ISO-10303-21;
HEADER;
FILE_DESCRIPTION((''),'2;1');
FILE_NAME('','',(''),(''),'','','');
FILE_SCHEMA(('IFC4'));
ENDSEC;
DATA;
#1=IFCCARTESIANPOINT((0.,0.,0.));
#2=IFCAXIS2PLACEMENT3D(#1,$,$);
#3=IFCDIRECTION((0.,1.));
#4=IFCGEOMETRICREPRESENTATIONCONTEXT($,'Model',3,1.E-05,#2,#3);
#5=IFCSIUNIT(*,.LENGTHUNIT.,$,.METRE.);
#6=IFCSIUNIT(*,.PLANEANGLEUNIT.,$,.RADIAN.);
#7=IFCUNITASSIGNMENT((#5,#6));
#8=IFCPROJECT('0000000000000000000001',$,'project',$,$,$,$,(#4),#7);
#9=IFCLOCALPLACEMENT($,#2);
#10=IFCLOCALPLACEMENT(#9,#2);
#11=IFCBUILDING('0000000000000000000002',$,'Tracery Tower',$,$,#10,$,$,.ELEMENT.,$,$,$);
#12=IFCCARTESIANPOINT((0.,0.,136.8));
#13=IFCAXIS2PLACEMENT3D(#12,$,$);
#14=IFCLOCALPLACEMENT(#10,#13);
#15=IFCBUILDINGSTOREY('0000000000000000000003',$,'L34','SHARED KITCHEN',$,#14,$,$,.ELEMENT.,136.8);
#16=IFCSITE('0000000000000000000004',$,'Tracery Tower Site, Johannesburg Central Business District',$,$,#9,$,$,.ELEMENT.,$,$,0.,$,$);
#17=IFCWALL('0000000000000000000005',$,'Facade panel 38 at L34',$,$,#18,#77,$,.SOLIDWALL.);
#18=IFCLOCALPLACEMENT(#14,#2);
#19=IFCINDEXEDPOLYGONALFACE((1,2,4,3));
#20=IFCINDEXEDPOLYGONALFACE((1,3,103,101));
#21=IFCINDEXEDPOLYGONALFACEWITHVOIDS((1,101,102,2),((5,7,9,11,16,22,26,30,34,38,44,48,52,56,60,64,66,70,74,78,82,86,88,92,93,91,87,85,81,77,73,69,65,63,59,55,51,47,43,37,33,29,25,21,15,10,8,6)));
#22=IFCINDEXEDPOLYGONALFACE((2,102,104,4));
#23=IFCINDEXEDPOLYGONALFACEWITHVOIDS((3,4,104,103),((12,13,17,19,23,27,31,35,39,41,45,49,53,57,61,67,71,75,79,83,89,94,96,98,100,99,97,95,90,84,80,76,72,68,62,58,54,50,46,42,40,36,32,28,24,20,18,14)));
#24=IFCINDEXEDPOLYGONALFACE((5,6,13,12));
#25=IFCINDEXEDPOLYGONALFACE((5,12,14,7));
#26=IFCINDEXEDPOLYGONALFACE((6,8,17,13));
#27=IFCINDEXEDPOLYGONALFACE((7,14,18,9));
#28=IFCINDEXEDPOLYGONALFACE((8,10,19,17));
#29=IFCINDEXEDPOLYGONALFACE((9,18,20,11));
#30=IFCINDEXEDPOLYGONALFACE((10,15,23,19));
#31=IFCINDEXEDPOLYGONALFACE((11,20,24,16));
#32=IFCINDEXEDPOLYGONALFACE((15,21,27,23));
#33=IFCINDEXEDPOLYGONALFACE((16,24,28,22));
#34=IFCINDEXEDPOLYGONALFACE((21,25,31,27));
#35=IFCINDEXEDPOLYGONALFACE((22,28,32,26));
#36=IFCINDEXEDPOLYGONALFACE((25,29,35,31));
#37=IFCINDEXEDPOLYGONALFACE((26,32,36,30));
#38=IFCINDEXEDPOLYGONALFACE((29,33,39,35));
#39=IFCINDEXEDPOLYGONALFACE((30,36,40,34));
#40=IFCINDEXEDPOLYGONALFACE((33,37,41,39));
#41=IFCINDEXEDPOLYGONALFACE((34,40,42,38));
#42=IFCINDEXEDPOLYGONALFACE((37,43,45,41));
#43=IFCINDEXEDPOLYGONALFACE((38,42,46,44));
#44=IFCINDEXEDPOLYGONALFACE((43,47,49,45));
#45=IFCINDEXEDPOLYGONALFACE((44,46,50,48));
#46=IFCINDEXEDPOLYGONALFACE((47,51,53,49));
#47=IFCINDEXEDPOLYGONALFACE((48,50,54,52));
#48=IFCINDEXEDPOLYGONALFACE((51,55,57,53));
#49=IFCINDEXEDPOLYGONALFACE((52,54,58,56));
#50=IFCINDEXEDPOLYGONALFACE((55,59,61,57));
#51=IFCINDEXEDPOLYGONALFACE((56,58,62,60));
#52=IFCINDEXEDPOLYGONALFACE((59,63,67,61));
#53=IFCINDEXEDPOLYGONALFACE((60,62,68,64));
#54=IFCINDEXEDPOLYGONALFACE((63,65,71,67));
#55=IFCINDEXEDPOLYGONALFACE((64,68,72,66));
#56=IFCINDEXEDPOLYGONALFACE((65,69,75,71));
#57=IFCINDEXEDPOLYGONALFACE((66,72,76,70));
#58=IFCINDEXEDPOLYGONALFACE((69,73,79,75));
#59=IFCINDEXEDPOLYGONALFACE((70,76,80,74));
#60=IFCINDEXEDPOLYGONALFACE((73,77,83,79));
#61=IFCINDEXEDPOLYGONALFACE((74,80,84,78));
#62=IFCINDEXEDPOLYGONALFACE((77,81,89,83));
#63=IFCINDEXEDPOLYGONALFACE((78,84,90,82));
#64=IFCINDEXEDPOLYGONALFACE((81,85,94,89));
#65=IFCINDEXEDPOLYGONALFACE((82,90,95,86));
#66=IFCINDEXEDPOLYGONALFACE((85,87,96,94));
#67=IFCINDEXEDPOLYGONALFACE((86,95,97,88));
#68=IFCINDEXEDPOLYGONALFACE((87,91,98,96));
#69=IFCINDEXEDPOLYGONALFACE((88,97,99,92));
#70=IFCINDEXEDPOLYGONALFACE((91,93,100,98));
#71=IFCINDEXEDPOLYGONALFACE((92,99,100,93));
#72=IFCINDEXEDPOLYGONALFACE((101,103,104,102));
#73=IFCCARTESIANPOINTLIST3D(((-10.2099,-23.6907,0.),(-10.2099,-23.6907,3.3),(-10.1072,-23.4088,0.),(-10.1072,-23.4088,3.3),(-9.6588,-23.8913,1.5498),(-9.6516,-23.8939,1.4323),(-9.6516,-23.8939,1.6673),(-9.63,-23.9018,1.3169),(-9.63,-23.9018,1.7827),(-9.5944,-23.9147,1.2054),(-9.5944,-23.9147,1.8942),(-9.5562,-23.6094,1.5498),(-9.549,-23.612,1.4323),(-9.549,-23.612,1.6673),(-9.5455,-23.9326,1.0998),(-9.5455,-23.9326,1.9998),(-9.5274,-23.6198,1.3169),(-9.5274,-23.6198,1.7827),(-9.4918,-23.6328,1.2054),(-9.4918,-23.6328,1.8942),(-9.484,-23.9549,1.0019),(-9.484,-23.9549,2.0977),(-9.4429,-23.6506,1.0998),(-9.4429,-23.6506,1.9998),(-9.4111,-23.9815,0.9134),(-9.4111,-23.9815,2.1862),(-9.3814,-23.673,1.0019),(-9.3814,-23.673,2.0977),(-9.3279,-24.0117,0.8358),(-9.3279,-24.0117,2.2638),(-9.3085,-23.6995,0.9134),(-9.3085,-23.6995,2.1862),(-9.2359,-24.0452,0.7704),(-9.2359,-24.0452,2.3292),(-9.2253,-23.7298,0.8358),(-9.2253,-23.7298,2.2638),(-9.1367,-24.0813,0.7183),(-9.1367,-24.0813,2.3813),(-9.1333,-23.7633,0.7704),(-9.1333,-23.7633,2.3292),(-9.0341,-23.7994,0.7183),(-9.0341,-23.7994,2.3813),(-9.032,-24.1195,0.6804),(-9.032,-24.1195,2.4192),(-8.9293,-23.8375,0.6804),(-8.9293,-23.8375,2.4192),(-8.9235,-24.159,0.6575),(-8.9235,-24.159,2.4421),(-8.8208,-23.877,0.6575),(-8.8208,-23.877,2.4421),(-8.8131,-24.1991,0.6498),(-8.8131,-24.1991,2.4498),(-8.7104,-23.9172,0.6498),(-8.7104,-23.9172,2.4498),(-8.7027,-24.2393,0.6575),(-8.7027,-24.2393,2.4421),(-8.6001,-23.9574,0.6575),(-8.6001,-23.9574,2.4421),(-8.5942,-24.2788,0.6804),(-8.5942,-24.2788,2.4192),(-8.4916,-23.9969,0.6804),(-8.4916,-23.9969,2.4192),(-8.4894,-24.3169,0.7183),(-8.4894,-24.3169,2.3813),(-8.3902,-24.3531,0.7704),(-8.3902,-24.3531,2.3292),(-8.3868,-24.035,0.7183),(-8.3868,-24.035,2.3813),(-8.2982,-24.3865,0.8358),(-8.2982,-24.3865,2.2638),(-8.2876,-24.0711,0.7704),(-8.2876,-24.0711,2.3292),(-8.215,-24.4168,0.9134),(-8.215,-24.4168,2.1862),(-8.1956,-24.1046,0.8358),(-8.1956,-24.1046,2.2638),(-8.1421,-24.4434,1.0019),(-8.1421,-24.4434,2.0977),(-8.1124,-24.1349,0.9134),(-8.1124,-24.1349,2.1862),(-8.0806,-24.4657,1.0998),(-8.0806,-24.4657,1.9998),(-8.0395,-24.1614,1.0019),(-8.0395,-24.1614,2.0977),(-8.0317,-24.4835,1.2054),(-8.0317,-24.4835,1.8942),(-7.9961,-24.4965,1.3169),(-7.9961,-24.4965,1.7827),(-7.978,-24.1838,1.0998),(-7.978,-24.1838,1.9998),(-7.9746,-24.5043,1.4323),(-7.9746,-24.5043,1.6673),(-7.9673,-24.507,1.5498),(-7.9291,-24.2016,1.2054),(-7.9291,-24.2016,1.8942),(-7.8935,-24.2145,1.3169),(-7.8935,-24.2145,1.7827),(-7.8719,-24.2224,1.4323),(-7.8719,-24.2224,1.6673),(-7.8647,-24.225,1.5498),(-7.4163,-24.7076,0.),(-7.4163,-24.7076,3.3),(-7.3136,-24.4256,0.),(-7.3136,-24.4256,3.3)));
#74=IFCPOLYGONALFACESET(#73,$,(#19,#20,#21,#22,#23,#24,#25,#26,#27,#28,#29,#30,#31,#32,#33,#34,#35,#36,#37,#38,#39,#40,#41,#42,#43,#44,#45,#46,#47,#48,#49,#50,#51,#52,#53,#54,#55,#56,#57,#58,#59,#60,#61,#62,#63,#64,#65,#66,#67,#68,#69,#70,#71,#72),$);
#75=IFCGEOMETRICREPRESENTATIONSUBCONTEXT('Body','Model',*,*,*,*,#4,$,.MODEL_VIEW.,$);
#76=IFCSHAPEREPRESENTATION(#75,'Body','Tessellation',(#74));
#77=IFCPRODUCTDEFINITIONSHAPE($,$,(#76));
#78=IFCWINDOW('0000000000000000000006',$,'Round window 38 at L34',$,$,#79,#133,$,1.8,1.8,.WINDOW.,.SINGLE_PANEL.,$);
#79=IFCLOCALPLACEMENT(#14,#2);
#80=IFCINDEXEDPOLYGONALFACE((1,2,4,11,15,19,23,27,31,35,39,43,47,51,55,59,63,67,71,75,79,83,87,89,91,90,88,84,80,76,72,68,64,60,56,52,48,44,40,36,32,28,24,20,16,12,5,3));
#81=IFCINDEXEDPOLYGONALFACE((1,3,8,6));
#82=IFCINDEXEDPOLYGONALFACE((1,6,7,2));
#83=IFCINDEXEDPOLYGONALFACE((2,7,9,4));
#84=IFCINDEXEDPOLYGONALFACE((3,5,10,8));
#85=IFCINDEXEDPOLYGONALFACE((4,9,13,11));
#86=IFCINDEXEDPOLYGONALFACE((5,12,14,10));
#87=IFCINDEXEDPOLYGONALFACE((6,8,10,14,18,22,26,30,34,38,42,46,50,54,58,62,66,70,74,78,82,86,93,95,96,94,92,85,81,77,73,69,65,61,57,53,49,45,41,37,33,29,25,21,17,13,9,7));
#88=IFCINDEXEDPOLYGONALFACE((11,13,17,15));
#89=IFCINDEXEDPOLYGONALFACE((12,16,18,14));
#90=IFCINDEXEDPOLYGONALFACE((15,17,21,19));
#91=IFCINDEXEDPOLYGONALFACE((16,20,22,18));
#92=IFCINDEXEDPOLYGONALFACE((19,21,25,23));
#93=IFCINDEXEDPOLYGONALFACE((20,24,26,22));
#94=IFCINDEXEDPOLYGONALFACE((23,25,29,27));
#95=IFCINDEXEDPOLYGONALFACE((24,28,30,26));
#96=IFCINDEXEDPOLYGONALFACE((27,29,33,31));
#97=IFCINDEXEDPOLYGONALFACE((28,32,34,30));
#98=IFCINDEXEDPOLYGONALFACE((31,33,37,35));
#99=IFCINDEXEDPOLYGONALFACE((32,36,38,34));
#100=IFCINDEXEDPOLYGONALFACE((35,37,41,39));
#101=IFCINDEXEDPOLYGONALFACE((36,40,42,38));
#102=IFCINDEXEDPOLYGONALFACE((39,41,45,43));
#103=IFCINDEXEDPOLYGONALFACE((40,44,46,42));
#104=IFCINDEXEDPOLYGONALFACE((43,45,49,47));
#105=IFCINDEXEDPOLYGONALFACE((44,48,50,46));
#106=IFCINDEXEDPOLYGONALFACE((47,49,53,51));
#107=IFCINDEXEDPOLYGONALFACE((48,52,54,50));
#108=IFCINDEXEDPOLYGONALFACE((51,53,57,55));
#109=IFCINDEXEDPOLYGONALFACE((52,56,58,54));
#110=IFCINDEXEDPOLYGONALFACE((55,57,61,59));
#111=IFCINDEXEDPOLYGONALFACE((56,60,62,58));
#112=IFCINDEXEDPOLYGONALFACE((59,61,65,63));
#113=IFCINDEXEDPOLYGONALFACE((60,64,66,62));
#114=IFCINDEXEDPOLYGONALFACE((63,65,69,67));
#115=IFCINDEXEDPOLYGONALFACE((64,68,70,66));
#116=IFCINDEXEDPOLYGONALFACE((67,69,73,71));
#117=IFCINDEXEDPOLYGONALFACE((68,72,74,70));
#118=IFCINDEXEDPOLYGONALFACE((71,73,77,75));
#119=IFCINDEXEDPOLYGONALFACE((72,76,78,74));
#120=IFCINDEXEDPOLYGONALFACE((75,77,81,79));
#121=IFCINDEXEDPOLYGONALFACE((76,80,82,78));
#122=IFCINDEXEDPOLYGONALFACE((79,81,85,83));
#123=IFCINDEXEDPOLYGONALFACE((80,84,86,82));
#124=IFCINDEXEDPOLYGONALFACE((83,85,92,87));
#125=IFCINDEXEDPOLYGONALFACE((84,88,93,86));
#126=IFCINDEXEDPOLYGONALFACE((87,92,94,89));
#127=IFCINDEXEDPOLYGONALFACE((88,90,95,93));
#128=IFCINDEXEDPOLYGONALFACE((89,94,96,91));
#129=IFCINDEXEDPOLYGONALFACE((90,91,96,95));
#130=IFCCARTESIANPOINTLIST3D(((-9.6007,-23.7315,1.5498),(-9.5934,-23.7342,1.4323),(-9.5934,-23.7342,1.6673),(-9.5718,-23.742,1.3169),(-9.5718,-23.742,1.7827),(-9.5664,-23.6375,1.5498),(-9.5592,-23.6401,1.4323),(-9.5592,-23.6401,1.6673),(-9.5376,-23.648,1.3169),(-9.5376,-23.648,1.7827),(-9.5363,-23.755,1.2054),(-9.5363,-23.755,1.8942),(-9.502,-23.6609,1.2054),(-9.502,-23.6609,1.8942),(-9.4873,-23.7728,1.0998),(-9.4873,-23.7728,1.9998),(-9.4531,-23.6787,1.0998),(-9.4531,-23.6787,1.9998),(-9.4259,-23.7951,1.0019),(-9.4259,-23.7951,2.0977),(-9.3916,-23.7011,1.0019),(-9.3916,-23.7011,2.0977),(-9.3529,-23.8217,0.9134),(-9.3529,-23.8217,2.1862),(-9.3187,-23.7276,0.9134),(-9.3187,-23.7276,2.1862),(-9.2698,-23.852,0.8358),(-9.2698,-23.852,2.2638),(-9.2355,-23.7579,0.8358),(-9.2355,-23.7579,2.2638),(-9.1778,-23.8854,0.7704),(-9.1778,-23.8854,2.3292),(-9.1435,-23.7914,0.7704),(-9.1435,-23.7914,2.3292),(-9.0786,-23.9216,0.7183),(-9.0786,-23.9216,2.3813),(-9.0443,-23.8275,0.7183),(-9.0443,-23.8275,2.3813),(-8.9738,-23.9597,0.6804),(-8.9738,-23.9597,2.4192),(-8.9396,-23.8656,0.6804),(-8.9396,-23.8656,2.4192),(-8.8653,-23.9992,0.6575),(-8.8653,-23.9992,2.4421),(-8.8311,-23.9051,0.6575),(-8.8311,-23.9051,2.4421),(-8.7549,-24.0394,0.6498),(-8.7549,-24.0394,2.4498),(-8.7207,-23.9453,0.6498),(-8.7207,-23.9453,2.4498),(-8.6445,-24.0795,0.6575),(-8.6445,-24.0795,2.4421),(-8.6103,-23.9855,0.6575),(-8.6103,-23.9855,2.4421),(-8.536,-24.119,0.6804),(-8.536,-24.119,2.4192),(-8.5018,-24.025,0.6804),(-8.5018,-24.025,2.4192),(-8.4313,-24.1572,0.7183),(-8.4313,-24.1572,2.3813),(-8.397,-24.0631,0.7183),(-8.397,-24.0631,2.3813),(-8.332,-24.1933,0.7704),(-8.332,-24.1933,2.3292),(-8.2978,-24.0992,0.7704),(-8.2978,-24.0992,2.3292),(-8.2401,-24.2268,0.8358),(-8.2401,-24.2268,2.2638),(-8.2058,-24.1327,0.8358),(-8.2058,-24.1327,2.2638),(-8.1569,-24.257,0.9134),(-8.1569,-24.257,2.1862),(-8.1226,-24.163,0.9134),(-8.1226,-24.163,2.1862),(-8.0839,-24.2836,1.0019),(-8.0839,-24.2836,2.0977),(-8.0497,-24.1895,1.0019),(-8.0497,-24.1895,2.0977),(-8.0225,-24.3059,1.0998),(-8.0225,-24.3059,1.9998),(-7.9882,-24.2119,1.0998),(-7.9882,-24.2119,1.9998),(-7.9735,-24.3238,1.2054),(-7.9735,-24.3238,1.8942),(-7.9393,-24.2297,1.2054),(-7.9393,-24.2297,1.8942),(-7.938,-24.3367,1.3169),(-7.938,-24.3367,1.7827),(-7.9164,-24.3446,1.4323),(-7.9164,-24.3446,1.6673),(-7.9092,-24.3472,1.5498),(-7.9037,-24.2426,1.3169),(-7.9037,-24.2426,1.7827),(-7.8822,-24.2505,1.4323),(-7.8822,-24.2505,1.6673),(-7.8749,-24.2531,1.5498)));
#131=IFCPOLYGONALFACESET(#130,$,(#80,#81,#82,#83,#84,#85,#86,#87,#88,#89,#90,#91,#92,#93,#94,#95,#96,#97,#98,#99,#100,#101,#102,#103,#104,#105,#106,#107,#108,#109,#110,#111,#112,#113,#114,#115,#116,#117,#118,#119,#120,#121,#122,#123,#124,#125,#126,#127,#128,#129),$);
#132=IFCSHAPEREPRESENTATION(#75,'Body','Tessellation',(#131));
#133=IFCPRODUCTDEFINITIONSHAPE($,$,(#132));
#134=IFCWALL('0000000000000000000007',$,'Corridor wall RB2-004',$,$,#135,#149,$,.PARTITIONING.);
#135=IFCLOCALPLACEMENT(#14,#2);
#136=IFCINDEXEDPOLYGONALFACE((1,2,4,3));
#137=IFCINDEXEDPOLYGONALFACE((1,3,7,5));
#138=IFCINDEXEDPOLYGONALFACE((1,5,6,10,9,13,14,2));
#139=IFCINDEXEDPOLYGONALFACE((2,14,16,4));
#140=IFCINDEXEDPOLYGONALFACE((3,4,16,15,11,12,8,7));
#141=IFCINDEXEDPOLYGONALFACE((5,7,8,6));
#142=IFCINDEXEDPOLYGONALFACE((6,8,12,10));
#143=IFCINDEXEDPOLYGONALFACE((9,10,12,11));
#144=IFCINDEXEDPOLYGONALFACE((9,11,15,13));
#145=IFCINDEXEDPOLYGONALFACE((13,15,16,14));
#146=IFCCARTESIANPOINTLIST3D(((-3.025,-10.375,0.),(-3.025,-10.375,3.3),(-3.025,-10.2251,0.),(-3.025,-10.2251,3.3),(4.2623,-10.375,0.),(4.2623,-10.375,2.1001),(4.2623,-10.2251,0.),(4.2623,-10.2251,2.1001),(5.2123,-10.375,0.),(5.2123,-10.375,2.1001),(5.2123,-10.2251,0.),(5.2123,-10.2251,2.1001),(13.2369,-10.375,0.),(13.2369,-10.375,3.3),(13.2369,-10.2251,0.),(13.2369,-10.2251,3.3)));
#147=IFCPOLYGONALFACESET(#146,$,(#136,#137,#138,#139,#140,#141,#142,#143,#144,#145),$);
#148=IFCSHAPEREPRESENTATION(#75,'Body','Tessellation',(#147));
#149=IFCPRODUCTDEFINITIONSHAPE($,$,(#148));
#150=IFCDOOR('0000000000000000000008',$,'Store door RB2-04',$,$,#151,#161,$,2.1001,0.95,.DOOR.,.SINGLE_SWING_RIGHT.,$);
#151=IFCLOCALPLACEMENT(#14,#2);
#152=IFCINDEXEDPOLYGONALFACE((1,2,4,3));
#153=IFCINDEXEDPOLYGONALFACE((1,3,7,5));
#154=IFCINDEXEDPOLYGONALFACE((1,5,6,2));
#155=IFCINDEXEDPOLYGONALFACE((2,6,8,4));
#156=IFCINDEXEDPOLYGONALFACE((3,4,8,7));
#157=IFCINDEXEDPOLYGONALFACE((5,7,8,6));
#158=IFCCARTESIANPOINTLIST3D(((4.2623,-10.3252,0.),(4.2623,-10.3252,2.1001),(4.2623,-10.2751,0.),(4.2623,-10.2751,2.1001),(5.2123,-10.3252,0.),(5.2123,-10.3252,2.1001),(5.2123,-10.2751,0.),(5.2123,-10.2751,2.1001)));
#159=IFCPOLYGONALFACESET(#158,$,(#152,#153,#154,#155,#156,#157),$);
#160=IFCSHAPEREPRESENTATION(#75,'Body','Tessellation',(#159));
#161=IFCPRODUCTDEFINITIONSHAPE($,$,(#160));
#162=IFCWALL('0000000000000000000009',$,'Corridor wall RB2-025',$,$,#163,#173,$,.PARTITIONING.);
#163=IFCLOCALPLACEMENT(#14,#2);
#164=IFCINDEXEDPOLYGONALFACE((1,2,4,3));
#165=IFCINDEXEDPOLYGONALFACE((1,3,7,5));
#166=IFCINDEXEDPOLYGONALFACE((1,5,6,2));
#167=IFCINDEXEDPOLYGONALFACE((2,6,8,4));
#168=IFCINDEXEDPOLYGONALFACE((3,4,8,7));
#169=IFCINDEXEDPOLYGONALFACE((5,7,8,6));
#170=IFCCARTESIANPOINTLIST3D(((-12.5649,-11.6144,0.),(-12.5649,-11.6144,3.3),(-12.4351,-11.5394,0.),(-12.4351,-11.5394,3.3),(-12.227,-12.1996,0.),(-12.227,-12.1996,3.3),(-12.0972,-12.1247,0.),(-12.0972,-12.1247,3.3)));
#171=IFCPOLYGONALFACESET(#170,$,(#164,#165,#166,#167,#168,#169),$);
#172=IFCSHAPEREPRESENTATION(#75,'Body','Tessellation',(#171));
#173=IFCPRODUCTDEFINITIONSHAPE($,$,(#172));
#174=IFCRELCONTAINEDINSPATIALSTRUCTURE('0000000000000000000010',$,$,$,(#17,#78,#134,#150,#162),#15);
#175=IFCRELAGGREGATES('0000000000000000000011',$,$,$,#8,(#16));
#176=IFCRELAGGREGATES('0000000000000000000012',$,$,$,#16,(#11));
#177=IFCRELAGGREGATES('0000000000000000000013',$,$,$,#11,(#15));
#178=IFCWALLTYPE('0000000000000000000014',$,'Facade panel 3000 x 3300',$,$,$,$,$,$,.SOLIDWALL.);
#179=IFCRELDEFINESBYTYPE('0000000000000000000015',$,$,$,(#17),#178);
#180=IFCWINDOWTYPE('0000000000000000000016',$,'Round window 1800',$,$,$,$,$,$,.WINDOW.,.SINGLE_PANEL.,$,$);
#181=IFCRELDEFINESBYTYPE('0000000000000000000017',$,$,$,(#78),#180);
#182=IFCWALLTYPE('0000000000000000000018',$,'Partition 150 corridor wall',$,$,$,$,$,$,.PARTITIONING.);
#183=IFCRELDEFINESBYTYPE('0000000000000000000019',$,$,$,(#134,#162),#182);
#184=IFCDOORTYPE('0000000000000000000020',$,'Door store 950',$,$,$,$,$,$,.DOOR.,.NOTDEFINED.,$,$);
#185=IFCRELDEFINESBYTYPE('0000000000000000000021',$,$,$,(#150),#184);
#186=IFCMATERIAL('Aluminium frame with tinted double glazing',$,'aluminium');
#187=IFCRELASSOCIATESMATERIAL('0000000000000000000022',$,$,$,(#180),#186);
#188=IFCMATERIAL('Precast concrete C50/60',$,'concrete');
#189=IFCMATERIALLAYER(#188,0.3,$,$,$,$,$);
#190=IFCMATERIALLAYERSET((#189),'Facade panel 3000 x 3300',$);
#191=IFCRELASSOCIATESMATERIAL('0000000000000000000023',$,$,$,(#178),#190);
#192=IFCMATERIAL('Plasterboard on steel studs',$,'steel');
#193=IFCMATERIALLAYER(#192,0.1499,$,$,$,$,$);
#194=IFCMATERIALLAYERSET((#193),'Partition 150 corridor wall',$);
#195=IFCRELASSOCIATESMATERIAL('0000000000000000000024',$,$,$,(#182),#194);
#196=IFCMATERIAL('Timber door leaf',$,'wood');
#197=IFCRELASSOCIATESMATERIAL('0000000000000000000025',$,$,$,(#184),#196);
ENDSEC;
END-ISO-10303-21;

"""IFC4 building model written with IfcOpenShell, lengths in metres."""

from ifc_helpers import new_model, si_unit, direction, frame, frame_2d, origin, origin_2d, place, context, subcontext, project, spatial, rectangle, circle, extrude, material, layer, layer_set, type_object, element, fill, save


model = new_model("IFC4")

# Units and contexts
model_context = context("Model", 3, precision=1e-05, world=origin(), true_north=direction((0.0, 1.0)))
body_context = subcontext(model_context, "Body", "Model", "MODEL_VIEW")
ifc_project = project(units=[si_unit("LENGTHUNIT", "METRE"), si_unit("PLANEANGLEUNIT", "RADIAN")], contexts=[model_context])

# Site, building, storey
site_placement = place(None, origin())
site = spatial("IfcSite", under=ifc_project, at=site_placement, Name="Tracery Tower Site, Johannesburg Central Business District", CompositionType="ELEMENT", RefElevation=0.0)
building_placement = place(site_placement, origin())
building = spatial("IfcBuilding", under=site, at=building_placement, Name="Tracery Tower", CompositionType="ELEMENT")
storey_placement = place(building_placement, frame((0.0, 0.0, 136.8)))
storey = spatial("IfcBuildingStorey", under=building, at=storey_placement, Name="L34", Description="SHARED KITCHEN", CompositionType="ELEMENT", Elevation=136.8)

# Wall, opening, window
ifc_material_1 = material(Name="Aluminium frame with tinted double glazing", Category="aluminium")
window_type = type_object("IfcWindowType", Name="Round window 1800", PartitioningType="SINGLE_PANEL", PredefinedType="WINDOW", material=ifc_material_1)
ifc_material_2 = material(Name="Precast concrete C50/60", Category="concrete")
ifc_layer_1 = layer(ifc_material_2, 0.3)
ifc_layer_set_1 = layer_set([ifc_layer_1], Name="Facade panel 3000 x 3300")
wall_type_1 = type_object("IfcWallType", Name="Facade panel 3000 x 3300", PredefinedType="SOLIDWALL", material=ifc_layer_set_1)
wall_1_placement = place(storey_placement, frame((-10.1584, -23.5498, 0.0), z_axis=(0.0, 0.0, 1.0), x_axis=(0.93969, -0.342027, 0.0)))
wall_1 = element("IfcWall", 1, at=wall_1_placement, inside=storey, type_object=wall_type_1, Name="Facade panel 38 at L34", PredefinedType="SOLIDWALL", context=body_context, shape_type="SweptSolid", body=[
    extrude(rectangle(XDim=2.9729, YDim=0.3, at=frame_2d((1.4863, 0.0))), origin(), (0.0, 0.0, 1.0), 3.3),
])
opening_1_placement = place(wall_1_placement, frame((1.4863, 0.0, 1.5498)))
opening_1 = element("IfcOpeningElement", 2, at=opening_1_placement, cuts=wall_1, PredefinedType="OPENING", context=body_context, shape_type="SweptSolid", body=[
    extrude(circle(Radius=0.9, at=origin_2d()), frame((0.0, 0.1599, 0.0), z_axis=(0.0, -1.0, 0.0), x_axis=(1.0, 0.0, 0.0)), (0.0, 0.0, 1.0), 0.3201),
])
window_1_placement = place(opening_1_placement, origin())
window_1 = element("IfcWindow", 3, at=window_1_placement, inside=storey, type_object=window_type, Name="Round window 38 at L34", OverallHeight=1.8, OverallWidth=1.8, PartitioningType="SINGLE_PANEL", PredefinedType="WINDOW", context=body_context, shape_type="SweptSolid", body=[
    extrude(circle(Radius=0.9, at=origin_2d()), frame((0.0, 0.1201, 0.0), z_axis=(0.0, -1.0, 0.0), x_axis=(1.0, 0.0, 0.0)), (0.0, 0.0, 1.0), 0.1001),
])
fill(opening_1, window_1)

# Wall, opening, door
ifc_material_3 = material(Name="Plasterboard on steel studs", Category="steel")
ifc_layer_2 = layer(ifc_material_3, 0.1499)
ifc_layer_set_2 = layer_set([ifc_layer_2], Name="Partition 150 corridor wall")
wall_type_2 = type_object("IfcWallType", Name="Partition 150 corridor wall", PredefinedType="PARTITIONING", material=ifc_layer_set_2)
wall_2_placement = place(storey_placement, frame((-3.0249, -10.3, 0.0), z_axis=(0.0, 0.0, 1.0), x_axis=(1.0, 0.0, 0.0)))
wall_2 = element("IfcWall", 4, at=wall_2_placement, inside=storey, type_object=wall_type_2, Name="Corridor wall RB2-004", PredefinedType="PARTITIONING", context=body_context, shape_type="SweptSolid", body=[
    extrude(rectangle(XDim=16.262, YDim=0.1499, at=frame_2d((8.1309, 0.0))), origin(), (0.0, 0.0, 1.0), 3.3),
])
opening_2_placement = place(wall_2_placement, frame((7.2871, 0.0, 0.0)))
opening_2 = element("IfcOpeningElement", 5, at=opening_2_placement, cuts=wall_2, PredefinedType="OPENING", context=body_context, shape_type="SweptSolid", body=[
    extrude(rectangle(XDim=0.95, YDim=2.1001, at=frame_2d((0.4751, 1.05))), frame((0.0, 0.075, 0.0), z_axis=(0.0, -1.0, 0.0), x_axis=(1.0, 0.0, 0.0)), (0.0, 0.0, 1.0), 0.1499),
])
ifc_material_4 = material(Name="Timber door leaf", Category="wood")
door_type_1 = type_object("IfcDoorType", Name="Door store 950", OperationType="NOTDEFINED", PredefinedType="DOOR", material=ifc_material_4)
door_1_placement = place(opening_2_placement, origin())
door_1 = element("IfcDoor", 6, at=door_1_placement, inside=storey, type_object=door_type_1, Name="Store door RB2-04", OperationType="SINGLE_SWING_RIGHT", OverallHeight=2.1001, OverallWidth=0.95, PredefinedType="DOOR", context=body_context, shape_type="SweptSolid", body=[
    extrude(rectangle(XDim=0.95, YDim=2.1001, at=frame_2d((0.4751, 1.05))), frame((0.0, 0.0249, 0.0), z_axis=(0.0, -1.0, 0.0), x_axis=(1.0, 0.0, 0.0)), (0.0, 0.0, 1.0), 0.05),
])
fill(opening_2, door_1)

# Wall
wall_3_placement = place(storey_placement, frame((-12.5, -11.5769, 0.0), z_axis=(0.0, 0.0, 1.0), x_axis=(0.500025, -0.866011, 0.0)))
element("IfcWall", 7, at=wall_3_placement, inside=storey, type_object=wall_type_2, Name="Corridor wall RB2-025", PredefinedType="PARTITIONING", context=body_context, shape_type="SweptSolid", body=[
    extrude(rectangle(XDim=0.6758, YDim=0.1499, at=frame_2d((0.3379, 0.0))), origin(), (0.0, 0.0, 1.0), 3.3),
])

save(model, "model.ifc")
